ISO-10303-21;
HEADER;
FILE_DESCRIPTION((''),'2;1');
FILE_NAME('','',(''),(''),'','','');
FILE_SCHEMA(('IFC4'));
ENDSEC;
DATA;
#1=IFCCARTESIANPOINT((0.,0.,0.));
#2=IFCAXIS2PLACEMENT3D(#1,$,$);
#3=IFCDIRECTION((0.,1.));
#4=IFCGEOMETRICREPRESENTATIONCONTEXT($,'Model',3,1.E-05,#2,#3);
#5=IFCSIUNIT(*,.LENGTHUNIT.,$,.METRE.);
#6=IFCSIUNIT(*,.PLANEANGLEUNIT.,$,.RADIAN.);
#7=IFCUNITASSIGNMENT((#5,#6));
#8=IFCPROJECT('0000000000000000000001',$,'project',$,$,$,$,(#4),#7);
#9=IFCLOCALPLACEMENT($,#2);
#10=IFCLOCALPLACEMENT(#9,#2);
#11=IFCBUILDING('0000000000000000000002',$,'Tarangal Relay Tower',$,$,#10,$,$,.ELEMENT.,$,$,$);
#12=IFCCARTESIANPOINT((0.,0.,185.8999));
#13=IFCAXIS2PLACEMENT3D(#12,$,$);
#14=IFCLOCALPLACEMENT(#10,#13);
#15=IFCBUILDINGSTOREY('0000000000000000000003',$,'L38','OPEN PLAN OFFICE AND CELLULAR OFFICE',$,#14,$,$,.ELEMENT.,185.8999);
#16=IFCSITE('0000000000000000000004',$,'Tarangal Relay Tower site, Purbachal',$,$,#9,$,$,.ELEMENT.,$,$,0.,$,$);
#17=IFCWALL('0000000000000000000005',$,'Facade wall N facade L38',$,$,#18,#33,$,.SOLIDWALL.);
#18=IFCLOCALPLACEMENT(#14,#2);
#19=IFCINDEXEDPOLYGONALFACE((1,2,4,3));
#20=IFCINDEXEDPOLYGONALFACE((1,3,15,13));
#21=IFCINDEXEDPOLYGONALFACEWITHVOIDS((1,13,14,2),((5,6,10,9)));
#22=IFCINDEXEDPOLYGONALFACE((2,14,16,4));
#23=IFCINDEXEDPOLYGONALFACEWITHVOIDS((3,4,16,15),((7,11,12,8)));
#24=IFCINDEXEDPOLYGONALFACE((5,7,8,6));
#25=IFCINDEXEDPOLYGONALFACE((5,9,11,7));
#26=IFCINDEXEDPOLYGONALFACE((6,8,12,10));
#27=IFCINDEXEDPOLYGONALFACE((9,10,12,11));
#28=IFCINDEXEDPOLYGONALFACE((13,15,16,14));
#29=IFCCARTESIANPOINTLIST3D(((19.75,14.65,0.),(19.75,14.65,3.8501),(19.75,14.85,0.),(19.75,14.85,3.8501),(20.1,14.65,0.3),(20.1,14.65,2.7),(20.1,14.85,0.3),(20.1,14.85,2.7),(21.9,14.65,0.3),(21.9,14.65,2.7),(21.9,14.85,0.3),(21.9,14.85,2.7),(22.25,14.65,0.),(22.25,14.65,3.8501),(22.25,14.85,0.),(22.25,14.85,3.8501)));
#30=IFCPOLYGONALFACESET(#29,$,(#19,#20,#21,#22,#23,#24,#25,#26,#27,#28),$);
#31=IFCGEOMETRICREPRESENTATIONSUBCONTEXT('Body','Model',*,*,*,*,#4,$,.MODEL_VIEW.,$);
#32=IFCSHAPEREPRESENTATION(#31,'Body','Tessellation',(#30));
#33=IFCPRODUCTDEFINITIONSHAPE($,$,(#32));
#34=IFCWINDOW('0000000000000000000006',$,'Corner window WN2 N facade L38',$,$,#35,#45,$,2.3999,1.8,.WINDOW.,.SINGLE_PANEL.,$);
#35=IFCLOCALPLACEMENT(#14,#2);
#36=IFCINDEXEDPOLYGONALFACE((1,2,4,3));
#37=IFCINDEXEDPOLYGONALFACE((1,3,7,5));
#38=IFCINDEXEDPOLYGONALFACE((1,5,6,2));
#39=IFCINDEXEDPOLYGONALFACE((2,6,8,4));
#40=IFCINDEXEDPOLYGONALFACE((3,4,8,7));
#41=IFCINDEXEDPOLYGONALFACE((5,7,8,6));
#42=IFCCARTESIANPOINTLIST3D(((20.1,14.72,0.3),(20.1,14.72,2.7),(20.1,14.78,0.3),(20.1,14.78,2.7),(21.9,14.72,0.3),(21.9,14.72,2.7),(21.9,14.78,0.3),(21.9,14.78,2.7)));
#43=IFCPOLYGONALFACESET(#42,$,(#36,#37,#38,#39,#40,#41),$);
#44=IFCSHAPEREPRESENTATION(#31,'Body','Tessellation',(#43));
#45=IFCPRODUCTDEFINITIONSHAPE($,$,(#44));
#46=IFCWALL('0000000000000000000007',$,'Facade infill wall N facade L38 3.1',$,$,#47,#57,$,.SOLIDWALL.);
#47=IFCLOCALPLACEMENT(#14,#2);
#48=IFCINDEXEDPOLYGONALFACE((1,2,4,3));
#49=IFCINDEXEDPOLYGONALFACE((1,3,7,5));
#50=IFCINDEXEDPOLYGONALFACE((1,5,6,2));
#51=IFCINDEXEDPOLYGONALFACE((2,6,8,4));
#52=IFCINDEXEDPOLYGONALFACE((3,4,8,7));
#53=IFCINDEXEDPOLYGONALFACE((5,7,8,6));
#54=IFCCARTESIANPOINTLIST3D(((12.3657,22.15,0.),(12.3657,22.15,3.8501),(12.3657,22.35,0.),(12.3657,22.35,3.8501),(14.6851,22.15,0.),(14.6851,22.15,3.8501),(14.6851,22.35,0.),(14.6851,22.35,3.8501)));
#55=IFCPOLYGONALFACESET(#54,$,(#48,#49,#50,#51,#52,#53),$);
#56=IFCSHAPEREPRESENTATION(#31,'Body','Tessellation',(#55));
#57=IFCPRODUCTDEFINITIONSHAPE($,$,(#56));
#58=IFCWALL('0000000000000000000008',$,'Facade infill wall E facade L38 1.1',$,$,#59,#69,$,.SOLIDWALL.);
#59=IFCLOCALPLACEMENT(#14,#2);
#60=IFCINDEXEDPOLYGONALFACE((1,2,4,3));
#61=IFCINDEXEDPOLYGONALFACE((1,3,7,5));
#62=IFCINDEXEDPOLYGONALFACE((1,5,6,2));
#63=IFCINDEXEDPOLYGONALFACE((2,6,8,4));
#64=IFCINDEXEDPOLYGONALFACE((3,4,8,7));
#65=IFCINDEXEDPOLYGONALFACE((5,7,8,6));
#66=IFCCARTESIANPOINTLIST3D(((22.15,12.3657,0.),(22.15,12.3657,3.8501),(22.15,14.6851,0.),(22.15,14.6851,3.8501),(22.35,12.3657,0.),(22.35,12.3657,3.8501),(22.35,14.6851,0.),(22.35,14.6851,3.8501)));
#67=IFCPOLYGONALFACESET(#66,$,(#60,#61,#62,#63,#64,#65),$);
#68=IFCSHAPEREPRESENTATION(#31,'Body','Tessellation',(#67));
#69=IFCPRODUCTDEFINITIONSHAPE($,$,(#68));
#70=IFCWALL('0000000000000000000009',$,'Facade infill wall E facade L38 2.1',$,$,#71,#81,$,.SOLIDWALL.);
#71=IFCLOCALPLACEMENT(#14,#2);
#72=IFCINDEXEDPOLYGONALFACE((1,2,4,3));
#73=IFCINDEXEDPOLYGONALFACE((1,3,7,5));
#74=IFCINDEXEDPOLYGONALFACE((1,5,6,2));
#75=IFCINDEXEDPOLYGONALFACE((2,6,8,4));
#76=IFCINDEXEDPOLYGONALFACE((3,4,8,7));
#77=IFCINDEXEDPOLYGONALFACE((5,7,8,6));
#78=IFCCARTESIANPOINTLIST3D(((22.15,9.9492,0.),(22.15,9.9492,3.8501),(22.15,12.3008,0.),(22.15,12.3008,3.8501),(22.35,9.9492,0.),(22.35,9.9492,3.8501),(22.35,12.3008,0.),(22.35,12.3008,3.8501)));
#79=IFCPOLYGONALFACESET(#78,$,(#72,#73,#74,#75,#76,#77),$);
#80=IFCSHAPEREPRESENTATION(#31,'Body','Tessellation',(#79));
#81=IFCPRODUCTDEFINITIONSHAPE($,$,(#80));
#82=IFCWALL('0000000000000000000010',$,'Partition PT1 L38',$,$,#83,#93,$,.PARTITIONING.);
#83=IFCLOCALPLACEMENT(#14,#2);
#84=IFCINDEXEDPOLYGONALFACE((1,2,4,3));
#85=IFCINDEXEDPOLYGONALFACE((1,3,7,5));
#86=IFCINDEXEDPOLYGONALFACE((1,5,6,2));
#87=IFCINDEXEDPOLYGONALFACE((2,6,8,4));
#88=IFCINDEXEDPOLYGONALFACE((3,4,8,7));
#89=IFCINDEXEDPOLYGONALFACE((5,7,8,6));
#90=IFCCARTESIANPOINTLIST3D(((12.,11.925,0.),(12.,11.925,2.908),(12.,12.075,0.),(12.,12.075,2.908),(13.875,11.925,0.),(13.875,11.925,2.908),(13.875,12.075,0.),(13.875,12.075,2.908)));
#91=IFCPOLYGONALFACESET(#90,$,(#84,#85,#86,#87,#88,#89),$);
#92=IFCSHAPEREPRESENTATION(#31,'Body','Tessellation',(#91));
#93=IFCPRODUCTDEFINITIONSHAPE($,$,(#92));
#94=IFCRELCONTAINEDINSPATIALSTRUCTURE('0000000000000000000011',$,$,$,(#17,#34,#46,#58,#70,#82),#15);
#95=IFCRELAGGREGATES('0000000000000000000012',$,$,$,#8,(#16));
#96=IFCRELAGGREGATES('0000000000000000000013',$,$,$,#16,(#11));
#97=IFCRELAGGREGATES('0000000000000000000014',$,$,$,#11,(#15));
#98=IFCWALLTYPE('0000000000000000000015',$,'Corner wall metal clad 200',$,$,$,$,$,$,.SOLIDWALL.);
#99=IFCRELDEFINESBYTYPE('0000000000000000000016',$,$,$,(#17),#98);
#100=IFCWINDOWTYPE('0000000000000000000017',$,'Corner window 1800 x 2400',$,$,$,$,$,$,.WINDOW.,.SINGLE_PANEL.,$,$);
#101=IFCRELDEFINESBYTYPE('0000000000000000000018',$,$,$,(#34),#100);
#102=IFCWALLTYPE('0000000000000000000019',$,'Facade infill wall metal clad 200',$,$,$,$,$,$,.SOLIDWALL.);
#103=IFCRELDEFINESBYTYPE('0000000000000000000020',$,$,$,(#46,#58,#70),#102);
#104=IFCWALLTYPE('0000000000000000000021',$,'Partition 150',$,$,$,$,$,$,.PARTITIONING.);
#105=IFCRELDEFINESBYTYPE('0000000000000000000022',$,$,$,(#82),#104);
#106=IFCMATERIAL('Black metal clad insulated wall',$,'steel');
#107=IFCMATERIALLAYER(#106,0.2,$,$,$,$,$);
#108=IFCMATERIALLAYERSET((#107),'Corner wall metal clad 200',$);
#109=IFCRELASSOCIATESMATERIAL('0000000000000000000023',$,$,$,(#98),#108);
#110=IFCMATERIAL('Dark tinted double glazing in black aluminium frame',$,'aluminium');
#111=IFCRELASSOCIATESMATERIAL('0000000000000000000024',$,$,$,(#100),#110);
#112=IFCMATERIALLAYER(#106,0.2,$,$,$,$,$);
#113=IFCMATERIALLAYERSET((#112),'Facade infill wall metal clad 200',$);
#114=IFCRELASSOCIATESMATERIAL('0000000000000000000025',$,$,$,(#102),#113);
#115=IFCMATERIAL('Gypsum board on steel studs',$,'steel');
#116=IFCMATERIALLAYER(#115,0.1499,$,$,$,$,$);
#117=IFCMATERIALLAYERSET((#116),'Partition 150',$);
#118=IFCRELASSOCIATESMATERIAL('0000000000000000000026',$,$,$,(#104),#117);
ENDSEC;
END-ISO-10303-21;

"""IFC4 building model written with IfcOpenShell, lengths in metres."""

from ifc_helpers import new_model, si_unit, direction, frame, frame_2d, origin, place, context, subcontext, project, spatial, rectangle, extrude, material, layer, layer_set, type_object, element, fill, save


model = new_model("IFC4")

# Units and contexts
model_context = context("Model", 3, precision=1e-05, world=origin(), true_north=direction((0.0, 1.0)))
body_context = subcontext(model_context, "Body", "Model", "MODEL_VIEW")
ifc_project = project(units=[si_unit("LENGTHUNIT", "METRE"), si_unit("PLANEANGLEUNIT", "RADIAN")], contexts=[model_context])

# Site, building, storey
site_placement = place(None, origin())
site = spatial("IfcSite", under=ifc_project, at=site_placement, Name="Tarangal Relay Tower site, Purbachal", CompositionType="ELEMENT", RefElevation=0.0)
building_placement = place(site_placement, origin())
building = spatial("IfcBuilding", under=site, at=building_placement, Name="Tarangal Relay Tower", CompositionType="ELEMENT")
storey_placement = place(building_placement, frame((0.0, 0.0, 185.8999)))
storey = spatial("IfcBuildingStorey", under=building, at=storey_placement, Name="L38", Description="OPEN PLAN OFFICE AND CELLULAR OFFICE", CompositionType="ELEMENT", Elevation=185.8999)

# Shared definitions
ifc_material_1 = material(Name="Black metal clad insulated wall", Category="steel")
ifc_layer_1 = layer(ifc_material_1, 0.2)
ifc_layer_set_1 = layer_set([ifc_layer_1], Name="Corner wall metal clad 200")
wall_type_1 = type_object("IfcWallType", Name="Corner wall metal clad 200", PredefinedType="SOLIDWALL", material=ifc_layer_set_1)

# Shared definitions
ifc_material_2 = material(Name="Dark tinted double glazing in black aluminium frame", Category="aluminium")
window_type = type_object("IfcWindowType", Name="Corner window 1800 x 2400", PartitioningType="SINGLE_PANEL", PredefinedType="WINDOW", material=ifc_material_2)

# Wall, opening, window
wall_1_placement = place(storey_placement, frame((19.75, 14.75, 0.0), z_axis=(0.0, 0.0, 1.0), x_axis=(1.0, 0.0, 0.0)))
wall_1 = element("IfcWall", 1, at=wall_1_placement, inside=storey, type_object=wall_type_1, Name="Facade wall N facade L38", PredefinedType="SOLIDWALL", context=body_context, shape_type="SweptSolid", body=[
    extrude(rectangle(XDim=2.5, YDim=0.2, at=frame_2d((1.25, 0.0))), origin(), (0.0, 0.0, 1.0), 3.8501),
])
opening_1_placement = place(wall_1_placement, frame((0.3501, 0.0, 0.3)))
opening_1 = element("IfcOpeningElement", 2, at=opening_1_placement, cuts=wall_1, PredefinedType="OPENING", context=body_context, shape_type="SweptSolid", body=[
    extrude(rectangle(XDim=1.8, YDim=2.3999, at=frame_2d((0.8999, 1.2))), frame((0.0, 0.1099, 0.0), z_axis=(0.0, -1.0, 0.0), x_axis=(1.0, 0.0, 0.0)), (0.0, 0.0, 1.0), 0.22),
])
window_1_placement = place(opening_1_placement, origin())
window_1 = element("IfcWindow", 3, at=window_1_placement, inside=storey, type_object=window_type, Name="Corner window WN2 N facade L38", OverallHeight=2.3999, OverallWidth=1.8, PartitioningType="SINGLE_PANEL", PredefinedType="WINDOW", context=body_context, shape_type="SweptSolid", body=[
    extrude(rectangle(XDim=1.8, YDim=2.3999, at=frame_2d((0.8999, 1.2))), frame((0.0, 0.03, 0.0), z_axis=(0.0, -1.0, 0.0), x_axis=(1.0, 0.0, 0.0)), (0.0, 0.0, 1.0), 0.0601),
])
fill(opening_1, window_1)

# Walls
ifc_layer_2 = layer(ifc_material_1, 0.2)
ifc_layer_set_2 = layer_set([ifc_layer_2], Name="Facade infill wall metal clad 200")
wall_type_2 = type_object("IfcWallType", Name="Facade infill wall metal clad 200", PredefinedType="SOLIDWALL", material=ifc_layer_set_2)
for number, where, z_axis, x_axis, name in (
    (4, (12.3657, 22.25, 0.0), (0.0, 0.0, 1.0), (1.0, 0.0, 0.0), "Facade infill wall N facade L38 3.1"),
    (5, (22.25, 14.6851, 0.0), (0.0, 0.0, 1.0), (0.0, -1.0, 0.0), "Facade infill wall E facade L38 1.1"),
):
    element("IfcWall", number, at=place(storey_placement, frame(where, z_axis=z_axis, x_axis=x_axis)), inside=storey, type_object=wall_type_2, Name=name, PredefinedType="SOLIDWALL", context=body_context, shape_type="SweptSolid", body=[
        extrude(rectangle(XDim=2.3193, YDim=0.2, at=frame_2d((1.1597, 0.0))), origin(), (0.0, 0.0, 1.0), 3.8501),
    ])
wall_2_placement = place(storey_placement, frame((22.25, 12.3008, 0.0), z_axis=(0.0, 0.0, 1.0), x_axis=(0.0, -1.0, 0.0)))
element("IfcWall", 6, at=wall_2_placement, inside=storey, type_object=wall_type_2, Name="Facade infill wall E facade L38 2.1", PredefinedType="SOLIDWALL", context=body_context, shape_type="SweptSolid", body=[
    extrude(rectangle(XDim=2.3516, YDim=0.2, at=frame_2d((1.1758, 0.0))), origin(), (0.0, 0.0, 1.0), 3.8501),
])
ifc_material_3 = material(Name="Gypsum board on steel studs", Category="steel")
ifc_layer_3 = layer(ifc_material_3, 0.1499)
ifc_layer_set_3 = layer_set([ifc_layer_3], Name="Partition 150")
wall_type_3 = type_object("IfcWallType", Name="Partition 150", PredefinedType="PARTITIONING", material=ifc_layer_set_3)
wall_3_placement = place(storey_placement, frame((12.0, 12.0, 0.0), z_axis=(0.0, 0.0, 1.0), x_axis=(1.0, 0.0, 0.0)))
element("IfcWall", 7, at=wall_3_placement, inside=storey, type_object=wall_type_3, Name="Partition PT1 L38", PredefinedType="PARTITIONING", context=body_context, shape_type="SweptSolid", body=[
    extrude(rectangle(XDim=1.875, YDim=0.1499, at=frame_2d((0.9375, 0.0))), origin(), (0.0, 0.0, 1.0), 2.908),
])

save(model, "model.ifc")
